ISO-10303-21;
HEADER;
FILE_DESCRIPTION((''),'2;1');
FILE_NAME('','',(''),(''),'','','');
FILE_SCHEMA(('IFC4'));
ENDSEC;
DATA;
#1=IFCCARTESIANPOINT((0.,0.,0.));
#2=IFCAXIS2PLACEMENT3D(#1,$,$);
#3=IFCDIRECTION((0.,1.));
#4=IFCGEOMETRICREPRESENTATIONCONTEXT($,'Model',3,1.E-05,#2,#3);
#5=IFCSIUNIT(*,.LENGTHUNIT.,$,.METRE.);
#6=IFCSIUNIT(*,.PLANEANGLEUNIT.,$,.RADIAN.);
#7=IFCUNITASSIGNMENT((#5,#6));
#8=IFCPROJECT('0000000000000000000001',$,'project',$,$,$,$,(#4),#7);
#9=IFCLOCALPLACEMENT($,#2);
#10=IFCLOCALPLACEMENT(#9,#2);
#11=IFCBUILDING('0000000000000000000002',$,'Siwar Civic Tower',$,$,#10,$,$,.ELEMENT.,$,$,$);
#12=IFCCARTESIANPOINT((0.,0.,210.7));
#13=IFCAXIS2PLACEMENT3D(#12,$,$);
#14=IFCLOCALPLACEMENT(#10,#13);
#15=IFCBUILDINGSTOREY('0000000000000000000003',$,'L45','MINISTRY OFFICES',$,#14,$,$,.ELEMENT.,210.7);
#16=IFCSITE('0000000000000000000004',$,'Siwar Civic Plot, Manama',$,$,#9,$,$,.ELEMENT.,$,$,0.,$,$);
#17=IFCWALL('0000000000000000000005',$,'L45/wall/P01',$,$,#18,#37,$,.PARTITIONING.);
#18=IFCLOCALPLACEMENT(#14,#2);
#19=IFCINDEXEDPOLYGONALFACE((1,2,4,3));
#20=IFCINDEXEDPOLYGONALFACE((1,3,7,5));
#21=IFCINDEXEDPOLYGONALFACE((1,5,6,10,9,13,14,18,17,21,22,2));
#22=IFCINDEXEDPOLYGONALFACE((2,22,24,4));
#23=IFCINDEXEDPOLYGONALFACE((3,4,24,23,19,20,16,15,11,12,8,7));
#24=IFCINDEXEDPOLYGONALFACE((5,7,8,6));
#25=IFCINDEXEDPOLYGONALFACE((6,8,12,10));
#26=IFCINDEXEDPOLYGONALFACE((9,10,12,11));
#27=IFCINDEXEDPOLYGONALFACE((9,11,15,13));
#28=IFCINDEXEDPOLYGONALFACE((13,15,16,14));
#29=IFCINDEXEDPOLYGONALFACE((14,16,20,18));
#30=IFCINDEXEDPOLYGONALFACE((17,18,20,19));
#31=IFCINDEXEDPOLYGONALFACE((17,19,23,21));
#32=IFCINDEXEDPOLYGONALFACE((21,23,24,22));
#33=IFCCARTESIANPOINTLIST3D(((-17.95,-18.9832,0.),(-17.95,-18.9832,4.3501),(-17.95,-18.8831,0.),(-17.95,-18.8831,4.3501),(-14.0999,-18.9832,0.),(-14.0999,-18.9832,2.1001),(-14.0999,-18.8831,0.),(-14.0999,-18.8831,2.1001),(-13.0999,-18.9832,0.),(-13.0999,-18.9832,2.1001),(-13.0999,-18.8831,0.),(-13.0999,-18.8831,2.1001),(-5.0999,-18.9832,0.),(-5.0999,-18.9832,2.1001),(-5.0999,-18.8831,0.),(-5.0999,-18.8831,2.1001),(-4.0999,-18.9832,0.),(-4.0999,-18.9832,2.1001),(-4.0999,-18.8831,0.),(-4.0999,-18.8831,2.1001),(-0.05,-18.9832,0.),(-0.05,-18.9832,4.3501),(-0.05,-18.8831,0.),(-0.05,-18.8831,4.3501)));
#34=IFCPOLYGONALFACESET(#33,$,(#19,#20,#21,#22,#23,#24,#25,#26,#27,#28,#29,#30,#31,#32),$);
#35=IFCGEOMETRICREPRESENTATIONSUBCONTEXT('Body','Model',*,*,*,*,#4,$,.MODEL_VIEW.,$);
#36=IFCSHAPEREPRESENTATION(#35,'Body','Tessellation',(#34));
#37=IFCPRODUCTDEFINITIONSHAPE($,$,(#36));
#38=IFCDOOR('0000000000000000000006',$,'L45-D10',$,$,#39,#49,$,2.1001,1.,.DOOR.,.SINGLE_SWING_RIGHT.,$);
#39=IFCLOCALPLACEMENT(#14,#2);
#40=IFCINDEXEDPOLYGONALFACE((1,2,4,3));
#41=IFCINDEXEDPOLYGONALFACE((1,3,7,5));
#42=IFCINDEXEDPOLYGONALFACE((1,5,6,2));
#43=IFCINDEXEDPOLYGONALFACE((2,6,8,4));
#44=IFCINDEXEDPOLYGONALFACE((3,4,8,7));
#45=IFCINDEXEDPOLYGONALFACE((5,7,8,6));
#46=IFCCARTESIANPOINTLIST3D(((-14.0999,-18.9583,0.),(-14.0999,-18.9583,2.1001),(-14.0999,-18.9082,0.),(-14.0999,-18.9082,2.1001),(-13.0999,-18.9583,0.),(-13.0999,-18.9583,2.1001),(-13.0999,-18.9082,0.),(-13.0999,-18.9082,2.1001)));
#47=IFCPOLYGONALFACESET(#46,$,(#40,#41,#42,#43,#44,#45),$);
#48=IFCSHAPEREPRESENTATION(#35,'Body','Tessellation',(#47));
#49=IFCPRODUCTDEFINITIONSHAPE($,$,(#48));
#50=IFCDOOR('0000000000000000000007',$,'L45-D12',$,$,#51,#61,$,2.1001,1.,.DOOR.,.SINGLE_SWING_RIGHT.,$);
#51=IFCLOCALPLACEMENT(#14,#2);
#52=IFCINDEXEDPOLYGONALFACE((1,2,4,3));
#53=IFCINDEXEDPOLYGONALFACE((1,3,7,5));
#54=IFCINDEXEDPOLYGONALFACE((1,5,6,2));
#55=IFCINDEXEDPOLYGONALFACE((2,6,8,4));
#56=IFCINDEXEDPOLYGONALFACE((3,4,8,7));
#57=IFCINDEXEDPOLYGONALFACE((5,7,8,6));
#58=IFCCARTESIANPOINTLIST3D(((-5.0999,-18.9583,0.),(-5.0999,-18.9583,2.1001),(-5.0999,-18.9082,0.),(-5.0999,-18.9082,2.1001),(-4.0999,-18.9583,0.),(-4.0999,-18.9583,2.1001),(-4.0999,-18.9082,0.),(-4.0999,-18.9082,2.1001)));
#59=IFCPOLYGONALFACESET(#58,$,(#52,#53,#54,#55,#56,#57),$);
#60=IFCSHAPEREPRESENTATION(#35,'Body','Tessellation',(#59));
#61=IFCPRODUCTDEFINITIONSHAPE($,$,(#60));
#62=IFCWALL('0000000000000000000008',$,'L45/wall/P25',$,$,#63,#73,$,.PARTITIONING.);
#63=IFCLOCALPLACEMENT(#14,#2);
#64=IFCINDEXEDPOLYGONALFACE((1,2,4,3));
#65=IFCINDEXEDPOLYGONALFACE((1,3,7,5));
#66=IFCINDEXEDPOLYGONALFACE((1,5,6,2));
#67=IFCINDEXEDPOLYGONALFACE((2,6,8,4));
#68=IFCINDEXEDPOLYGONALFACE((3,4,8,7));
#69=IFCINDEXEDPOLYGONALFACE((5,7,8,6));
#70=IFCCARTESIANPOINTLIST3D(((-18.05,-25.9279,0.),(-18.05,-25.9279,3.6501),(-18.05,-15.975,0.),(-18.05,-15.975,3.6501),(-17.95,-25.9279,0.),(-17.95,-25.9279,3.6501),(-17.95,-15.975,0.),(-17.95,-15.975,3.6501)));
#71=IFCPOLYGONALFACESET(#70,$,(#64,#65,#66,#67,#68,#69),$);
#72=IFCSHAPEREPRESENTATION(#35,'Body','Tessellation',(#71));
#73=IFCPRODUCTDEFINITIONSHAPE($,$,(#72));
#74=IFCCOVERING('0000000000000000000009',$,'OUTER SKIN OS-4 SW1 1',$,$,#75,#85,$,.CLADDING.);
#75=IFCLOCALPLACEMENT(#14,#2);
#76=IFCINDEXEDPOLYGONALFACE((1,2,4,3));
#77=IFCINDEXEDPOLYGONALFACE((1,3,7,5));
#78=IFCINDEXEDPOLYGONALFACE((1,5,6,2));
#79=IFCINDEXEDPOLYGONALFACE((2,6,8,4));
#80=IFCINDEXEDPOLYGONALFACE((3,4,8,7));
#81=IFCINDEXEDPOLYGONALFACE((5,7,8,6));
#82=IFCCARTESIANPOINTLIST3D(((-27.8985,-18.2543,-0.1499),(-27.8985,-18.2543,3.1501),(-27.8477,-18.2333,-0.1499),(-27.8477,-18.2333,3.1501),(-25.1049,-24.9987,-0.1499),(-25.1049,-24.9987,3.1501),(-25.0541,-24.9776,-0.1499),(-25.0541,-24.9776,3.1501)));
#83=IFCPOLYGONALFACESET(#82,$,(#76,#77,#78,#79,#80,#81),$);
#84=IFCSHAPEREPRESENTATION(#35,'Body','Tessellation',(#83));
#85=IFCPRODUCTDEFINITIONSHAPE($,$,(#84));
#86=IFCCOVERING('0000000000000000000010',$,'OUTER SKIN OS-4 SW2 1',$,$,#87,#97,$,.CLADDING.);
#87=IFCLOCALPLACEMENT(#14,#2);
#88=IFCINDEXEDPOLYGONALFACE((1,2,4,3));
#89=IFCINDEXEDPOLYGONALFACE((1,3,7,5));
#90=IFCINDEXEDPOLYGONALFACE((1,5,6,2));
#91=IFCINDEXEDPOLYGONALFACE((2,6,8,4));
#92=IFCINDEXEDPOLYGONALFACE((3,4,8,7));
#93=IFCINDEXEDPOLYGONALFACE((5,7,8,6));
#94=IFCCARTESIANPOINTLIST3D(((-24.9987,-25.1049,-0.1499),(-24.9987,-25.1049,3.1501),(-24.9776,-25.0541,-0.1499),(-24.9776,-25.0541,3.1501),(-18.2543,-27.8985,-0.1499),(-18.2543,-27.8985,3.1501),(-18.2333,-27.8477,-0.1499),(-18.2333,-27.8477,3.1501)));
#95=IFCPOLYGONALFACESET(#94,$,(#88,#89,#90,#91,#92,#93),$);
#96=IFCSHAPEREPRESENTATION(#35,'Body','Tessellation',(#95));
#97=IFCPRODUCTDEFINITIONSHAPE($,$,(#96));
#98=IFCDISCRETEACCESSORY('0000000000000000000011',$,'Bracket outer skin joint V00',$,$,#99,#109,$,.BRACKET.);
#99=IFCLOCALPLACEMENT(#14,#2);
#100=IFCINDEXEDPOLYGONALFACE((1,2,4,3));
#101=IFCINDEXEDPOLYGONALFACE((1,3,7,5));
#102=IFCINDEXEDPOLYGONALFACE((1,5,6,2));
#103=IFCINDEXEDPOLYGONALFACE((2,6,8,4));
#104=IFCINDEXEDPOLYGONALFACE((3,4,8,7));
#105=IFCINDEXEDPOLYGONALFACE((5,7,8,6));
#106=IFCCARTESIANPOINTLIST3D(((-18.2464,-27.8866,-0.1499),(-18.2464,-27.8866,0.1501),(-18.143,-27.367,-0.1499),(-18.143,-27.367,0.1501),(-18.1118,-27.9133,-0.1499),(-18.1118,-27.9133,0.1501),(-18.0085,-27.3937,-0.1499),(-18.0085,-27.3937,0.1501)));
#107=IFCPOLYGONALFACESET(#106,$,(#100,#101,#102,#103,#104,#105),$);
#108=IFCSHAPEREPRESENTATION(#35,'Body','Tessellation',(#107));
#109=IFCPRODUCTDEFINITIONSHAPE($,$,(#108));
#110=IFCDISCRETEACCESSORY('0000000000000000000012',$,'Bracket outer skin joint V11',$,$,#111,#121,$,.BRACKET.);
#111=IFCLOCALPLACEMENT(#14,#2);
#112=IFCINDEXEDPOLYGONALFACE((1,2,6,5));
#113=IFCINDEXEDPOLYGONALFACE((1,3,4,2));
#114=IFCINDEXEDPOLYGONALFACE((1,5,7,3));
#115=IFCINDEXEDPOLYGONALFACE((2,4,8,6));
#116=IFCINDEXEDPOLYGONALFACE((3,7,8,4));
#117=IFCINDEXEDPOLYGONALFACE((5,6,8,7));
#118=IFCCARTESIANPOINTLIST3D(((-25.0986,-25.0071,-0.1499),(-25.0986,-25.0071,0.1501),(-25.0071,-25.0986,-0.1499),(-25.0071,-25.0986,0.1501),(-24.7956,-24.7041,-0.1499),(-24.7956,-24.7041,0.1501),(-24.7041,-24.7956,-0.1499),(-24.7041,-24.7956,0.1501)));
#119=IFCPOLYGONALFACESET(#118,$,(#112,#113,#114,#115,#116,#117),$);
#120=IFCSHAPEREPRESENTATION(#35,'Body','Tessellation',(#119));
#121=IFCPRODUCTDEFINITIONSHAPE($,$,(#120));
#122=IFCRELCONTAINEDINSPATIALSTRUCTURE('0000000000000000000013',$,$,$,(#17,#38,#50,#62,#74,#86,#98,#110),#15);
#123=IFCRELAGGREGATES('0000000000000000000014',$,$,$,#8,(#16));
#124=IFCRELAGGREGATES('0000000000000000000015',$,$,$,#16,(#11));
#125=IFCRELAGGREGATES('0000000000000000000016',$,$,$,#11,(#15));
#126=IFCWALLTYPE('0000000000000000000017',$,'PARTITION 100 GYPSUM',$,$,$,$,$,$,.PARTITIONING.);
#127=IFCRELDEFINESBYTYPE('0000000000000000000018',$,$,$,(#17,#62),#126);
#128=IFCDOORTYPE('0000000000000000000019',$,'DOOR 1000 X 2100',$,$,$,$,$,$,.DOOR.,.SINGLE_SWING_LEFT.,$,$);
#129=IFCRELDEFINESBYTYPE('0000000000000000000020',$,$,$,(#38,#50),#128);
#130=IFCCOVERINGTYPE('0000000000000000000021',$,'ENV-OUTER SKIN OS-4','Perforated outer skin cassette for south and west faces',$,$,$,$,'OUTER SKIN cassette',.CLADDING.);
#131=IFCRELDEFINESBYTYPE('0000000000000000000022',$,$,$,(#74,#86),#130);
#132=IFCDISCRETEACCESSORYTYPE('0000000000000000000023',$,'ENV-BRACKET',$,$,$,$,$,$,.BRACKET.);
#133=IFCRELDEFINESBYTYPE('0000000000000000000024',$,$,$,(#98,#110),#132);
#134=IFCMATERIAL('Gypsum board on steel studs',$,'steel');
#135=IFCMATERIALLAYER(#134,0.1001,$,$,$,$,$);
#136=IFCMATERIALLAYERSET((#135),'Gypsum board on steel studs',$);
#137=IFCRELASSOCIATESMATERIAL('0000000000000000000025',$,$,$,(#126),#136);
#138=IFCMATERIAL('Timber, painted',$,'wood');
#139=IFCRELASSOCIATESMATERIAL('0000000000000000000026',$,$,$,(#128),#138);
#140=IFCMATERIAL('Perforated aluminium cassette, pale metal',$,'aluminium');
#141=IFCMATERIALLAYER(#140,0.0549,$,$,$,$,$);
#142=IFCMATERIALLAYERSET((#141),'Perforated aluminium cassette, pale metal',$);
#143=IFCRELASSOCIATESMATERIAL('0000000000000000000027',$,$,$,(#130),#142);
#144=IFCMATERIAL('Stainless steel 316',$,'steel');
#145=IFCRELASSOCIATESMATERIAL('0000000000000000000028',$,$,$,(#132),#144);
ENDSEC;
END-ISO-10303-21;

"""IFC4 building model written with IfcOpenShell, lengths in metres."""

from ifc_helpers import new_model, si_unit, direction, frame, frame_2d, origin, origin_2d, place, context, subcontext, project, spatial, rectangle, extrude, material, layer, layer_set, type_object, element, fill, save


model = new_model("IFC4")

# Units and contexts
model_context = context("Model", 3, precision=1e-05, world=origin(), true_north=direction((0.0, 1.0)))
body_context = subcontext(model_context, "Body", "Model", "MODEL_VIEW")
ifc_project = project(units=[si_unit("LENGTHUNIT", "METRE"), si_unit("PLANEANGLEUNIT", "RADIAN")], contexts=[model_context])

# Site, building, storey
site_placement = place(None, origin())
site = spatial("IfcSite", under=ifc_project, at=site_placement, Name="Siwar Civic Plot, Manama", CompositionType="ELEMENT", RefElevation=0.0)
building_placement = place(site_placement, origin())
building = spatial("IfcBuilding", under=site, at=building_placement, Name="Siwar Civic Tower", CompositionType="ELEMENT")
storey_placement = place(building_placement, frame((0.0, 0.0, 210.7)))
storey = spatial("IfcBuildingStorey", under=building, at=storey_placement, Name="L45", Description="MINISTRY OFFICES", CompositionType="ELEMENT", Elevation=210.7)

# Wall, openings, doors
ifc_material_1 = material(Name="Gypsum board on steel studs", Category="steel")
ifc_layer_1 = layer(ifc_material_1, 0.1001)
ifc_layer_set_1 = layer_set([ifc_layer_1], Name="Gypsum board on steel studs")
wall_type = type_object("IfcWallType", Name="PARTITION 100 GYPSUM", PredefinedType="PARTITIONING", material=ifc_layer_set_1)
wall_1_placement = place(storey_placement, frame((-17.95, -18.9331, 0.0), z_axis=(0.0, 0.0, 1.0), x_axis=(1.0, 0.0, 0.0)))
wall_1 = element("IfcWall", 1, at=wall_1_placement, inside=storey, type_object=wall_type, Name="L45/wall/P01", PredefinedType="PARTITIONING", context=body_context, shape_type="SweptSolid", body=[
    extrude(rectangle(XDim=17.8999, YDim=0.1001, at=frame_2d((8.95, 0.0))), origin(), (0.0, 0.0, 1.0), 4.3501),
])
opening_1_placement = place(wall_1_placement, frame((3.8501, 0.0, 0.0)))
opening_1 = element("IfcOpeningElement", 2, at=opening_1_placement, cuts=wall_1, PredefinedType="OPENING", context=body_context, shape_type="SweptSolid", body=[
    extrude(rectangle(XDim=1.0, YDim=2.1001, at=frame_2d((0.5, 1.05))), frame((0.0, 0.0601, 0.0), z_axis=(0.0, -1.0, 0.0), x_axis=(1.0, 0.0, 0.0)), (0.0, 0.0, 1.0), 0.1201),
])
opening_2_placement = place(wall_1_placement, frame((12.8501, 0.0, 0.0)))
opening_2 = element("IfcOpeningElement", 3, at=opening_2_placement, cuts=wall_1, PredefinedType="OPENING", context=body_context, shape_type="SweptSolid", body=[
    extrude(rectangle(XDim=1.0, YDim=2.1001, at=frame_2d((0.5, 1.05))), frame((0.0, 0.0601, 0.0), z_axis=(0.0, -1.0, 0.0), x_axis=(1.0, 0.0, 0.0)), (0.0, 0.0, 1.0), 0.1201),
])
ifc_material_2 = material(Name="Timber, painted", Category="wood")
door_type = type_object("IfcDoorType", Name="DOOR 1000 X 2100", OperationType="SINGLE_SWING_LEFT", PredefinedType="DOOR", material=ifc_material_2)
door_1_placement = place(opening_1_placement, origin())
door_1 = element("IfcDoor", 4, at=door_1_placement, inside=storey, type_object=door_type, Name="L45-D10", OperationType="SINGLE_SWING_RIGHT", OverallHeight=2.1001, OverallWidth=1.0, PredefinedType="DOOR", context=body_context, shape_type="SweptSolid", body=[
    extrude(rectangle(XDim=1.0, YDim=2.1001, at=frame_2d((0.5, 1.05))), frame((0.0, 0.0249, 0.0), z_axis=(0.0, -1.0, 0.0), x_axis=(1.0, 0.0, 0.0)), (0.0, 0.0, 1.0), 0.05),
])
fill(opening_1, door_1)
door_2_placement = place(opening_2_placement, origin())
door_2 = element("IfcDoor", 5, at=door_2_placement, inside=storey, type_object=door_type, Name="L45-D12", OperationType="SINGLE_SWING_RIGHT", OverallHeight=2.1001, OverallWidth=1.0, PredefinedType="DOOR", context=body_context, shape_type="SweptSolid", body=[
    extrude(rectangle(XDim=1.0, YDim=2.1001, at=frame_2d((0.5, 1.05))), frame((0.0, 0.0249, 0.0), z_axis=(0.0, -1.0, 0.0), x_axis=(1.0, 0.0, 0.0)), (0.0, 0.0, 1.0), 0.05),
])
fill(opening_2, door_2)

# Wall
wall_2_placement = place(storey_placement, frame((-18.0, -25.928, 0.0), z_axis=(0.0, 0.0, 1.0), x_axis=(0.0, 1.0, 0.0)))
element("IfcWall", 6, at=wall_2_placement, inside=storey, type_object=wall_type, Name="L45/wall/P25", PredefinedType="PARTITIONING", context=body_context, shape_type="SweptSolid", body=[
    extrude(rectangle(XDim=9.9529, YDim=0.1001, at=frame_2d((4.9766, 0.0))), origin(), (0.0, 0.0, 1.0), 3.6501),
])

# Coverings
ifc_material_3 = material(Name="Perforated aluminium cassette, pale metal", Category="aluminium")
ifc_layer_2 = layer(ifc_material_3, 0.0549)
ifc_layer_set_2 = layer_set([ifc_layer_2], Name="Perforated aluminium cassette, pale metal")
covering_type = type_object("IfcCoveringType", Name="ENV-OUTER SKIN OS-4", Description="Perforated outer skin cassette for south and west faces", ElementType="OUTER SKIN cassette", PredefinedType="CLADDING", material=ifc_layer_set_2)
for number, where, z_axis, x_axis, name in (
    (7, (-26.4763, -21.616, -0.1499), (0.0, 0.0, 1.0), (0.382683, -0.92388, 0.0), "OUTER SKIN OS-4 SW1 1"),
    (8, (-21.616, -26.4763, -0.1499), (0.0, 0.0, 1.0), (0.92388, -0.382683, 0.0), "OUTER SKIN OS-4 SW2 1"),
):
    element("IfcCovering", number, at=place(storey_placement, frame(where, z_axis=z_axis, x_axis=x_axis)), inside=storey, type_object=covering_type, Name=name, PredefinedType="CLADDING", context=body_context, shape_type="SweptSolid", body=[
        extrude(rectangle(XDim=7.3, YDim=0.0549, at=origin_2d()), origin(), (0.0, 0.0, 1.0), 3.3),
    ])

# Discrete accessories
ifc_material_4 = material(Name="Stainless steel 316", Category="steel")
discrete_accessory_type = type_object("IfcDiscreteAccessoryType", Name="ENV-BRACKET", PredefinedType="BRACKET", material=ifc_material_4)
discrete_accessory_1_placement = place(storey_placement, frame((-18.1274, -27.6401, -0.1499), z_axis=(0.0, 0.0, 1.0), x_axis=(-0.19509, -0.980785, 0.0)))
element("IfcDiscreteAccessory", 9, at=discrete_accessory_1_placement, inside=storey, type_object=discrete_accessory_type, Name="Bracket outer skin joint V00", PredefinedType="BRACKET", context=body_context, shape_type="SweptSolid", body=[
    extrude(rectangle(XDim=0.5298, YDim=0.1372, at=origin_2d()), origin(), (0.0, 0.0, 1.0), 0.3),
])
discrete_accessory_2_placement = place(storey_placement, frame((-24.9014, -24.9014, -0.1499), z_axis=(0.0, 0.0, 1.0), x_axis=(-0.707107, -0.707107, 0.0)))
element("IfcDiscreteAccessory", 10, at=discrete_accessory_2_placement, inside=storey, type_object=discrete_accessory_type, Name="Bracket outer skin joint V11", PredefinedType="BRACKET", context=body_context, shape_type="SweptSolid", body=[
    extrude(rectangle(XDim=0.4285, YDim=0.1294, at=origin_2d()), origin(), (0.0, 0.0, 1.0), 0.3),
])

save(model, "model.ifc")
